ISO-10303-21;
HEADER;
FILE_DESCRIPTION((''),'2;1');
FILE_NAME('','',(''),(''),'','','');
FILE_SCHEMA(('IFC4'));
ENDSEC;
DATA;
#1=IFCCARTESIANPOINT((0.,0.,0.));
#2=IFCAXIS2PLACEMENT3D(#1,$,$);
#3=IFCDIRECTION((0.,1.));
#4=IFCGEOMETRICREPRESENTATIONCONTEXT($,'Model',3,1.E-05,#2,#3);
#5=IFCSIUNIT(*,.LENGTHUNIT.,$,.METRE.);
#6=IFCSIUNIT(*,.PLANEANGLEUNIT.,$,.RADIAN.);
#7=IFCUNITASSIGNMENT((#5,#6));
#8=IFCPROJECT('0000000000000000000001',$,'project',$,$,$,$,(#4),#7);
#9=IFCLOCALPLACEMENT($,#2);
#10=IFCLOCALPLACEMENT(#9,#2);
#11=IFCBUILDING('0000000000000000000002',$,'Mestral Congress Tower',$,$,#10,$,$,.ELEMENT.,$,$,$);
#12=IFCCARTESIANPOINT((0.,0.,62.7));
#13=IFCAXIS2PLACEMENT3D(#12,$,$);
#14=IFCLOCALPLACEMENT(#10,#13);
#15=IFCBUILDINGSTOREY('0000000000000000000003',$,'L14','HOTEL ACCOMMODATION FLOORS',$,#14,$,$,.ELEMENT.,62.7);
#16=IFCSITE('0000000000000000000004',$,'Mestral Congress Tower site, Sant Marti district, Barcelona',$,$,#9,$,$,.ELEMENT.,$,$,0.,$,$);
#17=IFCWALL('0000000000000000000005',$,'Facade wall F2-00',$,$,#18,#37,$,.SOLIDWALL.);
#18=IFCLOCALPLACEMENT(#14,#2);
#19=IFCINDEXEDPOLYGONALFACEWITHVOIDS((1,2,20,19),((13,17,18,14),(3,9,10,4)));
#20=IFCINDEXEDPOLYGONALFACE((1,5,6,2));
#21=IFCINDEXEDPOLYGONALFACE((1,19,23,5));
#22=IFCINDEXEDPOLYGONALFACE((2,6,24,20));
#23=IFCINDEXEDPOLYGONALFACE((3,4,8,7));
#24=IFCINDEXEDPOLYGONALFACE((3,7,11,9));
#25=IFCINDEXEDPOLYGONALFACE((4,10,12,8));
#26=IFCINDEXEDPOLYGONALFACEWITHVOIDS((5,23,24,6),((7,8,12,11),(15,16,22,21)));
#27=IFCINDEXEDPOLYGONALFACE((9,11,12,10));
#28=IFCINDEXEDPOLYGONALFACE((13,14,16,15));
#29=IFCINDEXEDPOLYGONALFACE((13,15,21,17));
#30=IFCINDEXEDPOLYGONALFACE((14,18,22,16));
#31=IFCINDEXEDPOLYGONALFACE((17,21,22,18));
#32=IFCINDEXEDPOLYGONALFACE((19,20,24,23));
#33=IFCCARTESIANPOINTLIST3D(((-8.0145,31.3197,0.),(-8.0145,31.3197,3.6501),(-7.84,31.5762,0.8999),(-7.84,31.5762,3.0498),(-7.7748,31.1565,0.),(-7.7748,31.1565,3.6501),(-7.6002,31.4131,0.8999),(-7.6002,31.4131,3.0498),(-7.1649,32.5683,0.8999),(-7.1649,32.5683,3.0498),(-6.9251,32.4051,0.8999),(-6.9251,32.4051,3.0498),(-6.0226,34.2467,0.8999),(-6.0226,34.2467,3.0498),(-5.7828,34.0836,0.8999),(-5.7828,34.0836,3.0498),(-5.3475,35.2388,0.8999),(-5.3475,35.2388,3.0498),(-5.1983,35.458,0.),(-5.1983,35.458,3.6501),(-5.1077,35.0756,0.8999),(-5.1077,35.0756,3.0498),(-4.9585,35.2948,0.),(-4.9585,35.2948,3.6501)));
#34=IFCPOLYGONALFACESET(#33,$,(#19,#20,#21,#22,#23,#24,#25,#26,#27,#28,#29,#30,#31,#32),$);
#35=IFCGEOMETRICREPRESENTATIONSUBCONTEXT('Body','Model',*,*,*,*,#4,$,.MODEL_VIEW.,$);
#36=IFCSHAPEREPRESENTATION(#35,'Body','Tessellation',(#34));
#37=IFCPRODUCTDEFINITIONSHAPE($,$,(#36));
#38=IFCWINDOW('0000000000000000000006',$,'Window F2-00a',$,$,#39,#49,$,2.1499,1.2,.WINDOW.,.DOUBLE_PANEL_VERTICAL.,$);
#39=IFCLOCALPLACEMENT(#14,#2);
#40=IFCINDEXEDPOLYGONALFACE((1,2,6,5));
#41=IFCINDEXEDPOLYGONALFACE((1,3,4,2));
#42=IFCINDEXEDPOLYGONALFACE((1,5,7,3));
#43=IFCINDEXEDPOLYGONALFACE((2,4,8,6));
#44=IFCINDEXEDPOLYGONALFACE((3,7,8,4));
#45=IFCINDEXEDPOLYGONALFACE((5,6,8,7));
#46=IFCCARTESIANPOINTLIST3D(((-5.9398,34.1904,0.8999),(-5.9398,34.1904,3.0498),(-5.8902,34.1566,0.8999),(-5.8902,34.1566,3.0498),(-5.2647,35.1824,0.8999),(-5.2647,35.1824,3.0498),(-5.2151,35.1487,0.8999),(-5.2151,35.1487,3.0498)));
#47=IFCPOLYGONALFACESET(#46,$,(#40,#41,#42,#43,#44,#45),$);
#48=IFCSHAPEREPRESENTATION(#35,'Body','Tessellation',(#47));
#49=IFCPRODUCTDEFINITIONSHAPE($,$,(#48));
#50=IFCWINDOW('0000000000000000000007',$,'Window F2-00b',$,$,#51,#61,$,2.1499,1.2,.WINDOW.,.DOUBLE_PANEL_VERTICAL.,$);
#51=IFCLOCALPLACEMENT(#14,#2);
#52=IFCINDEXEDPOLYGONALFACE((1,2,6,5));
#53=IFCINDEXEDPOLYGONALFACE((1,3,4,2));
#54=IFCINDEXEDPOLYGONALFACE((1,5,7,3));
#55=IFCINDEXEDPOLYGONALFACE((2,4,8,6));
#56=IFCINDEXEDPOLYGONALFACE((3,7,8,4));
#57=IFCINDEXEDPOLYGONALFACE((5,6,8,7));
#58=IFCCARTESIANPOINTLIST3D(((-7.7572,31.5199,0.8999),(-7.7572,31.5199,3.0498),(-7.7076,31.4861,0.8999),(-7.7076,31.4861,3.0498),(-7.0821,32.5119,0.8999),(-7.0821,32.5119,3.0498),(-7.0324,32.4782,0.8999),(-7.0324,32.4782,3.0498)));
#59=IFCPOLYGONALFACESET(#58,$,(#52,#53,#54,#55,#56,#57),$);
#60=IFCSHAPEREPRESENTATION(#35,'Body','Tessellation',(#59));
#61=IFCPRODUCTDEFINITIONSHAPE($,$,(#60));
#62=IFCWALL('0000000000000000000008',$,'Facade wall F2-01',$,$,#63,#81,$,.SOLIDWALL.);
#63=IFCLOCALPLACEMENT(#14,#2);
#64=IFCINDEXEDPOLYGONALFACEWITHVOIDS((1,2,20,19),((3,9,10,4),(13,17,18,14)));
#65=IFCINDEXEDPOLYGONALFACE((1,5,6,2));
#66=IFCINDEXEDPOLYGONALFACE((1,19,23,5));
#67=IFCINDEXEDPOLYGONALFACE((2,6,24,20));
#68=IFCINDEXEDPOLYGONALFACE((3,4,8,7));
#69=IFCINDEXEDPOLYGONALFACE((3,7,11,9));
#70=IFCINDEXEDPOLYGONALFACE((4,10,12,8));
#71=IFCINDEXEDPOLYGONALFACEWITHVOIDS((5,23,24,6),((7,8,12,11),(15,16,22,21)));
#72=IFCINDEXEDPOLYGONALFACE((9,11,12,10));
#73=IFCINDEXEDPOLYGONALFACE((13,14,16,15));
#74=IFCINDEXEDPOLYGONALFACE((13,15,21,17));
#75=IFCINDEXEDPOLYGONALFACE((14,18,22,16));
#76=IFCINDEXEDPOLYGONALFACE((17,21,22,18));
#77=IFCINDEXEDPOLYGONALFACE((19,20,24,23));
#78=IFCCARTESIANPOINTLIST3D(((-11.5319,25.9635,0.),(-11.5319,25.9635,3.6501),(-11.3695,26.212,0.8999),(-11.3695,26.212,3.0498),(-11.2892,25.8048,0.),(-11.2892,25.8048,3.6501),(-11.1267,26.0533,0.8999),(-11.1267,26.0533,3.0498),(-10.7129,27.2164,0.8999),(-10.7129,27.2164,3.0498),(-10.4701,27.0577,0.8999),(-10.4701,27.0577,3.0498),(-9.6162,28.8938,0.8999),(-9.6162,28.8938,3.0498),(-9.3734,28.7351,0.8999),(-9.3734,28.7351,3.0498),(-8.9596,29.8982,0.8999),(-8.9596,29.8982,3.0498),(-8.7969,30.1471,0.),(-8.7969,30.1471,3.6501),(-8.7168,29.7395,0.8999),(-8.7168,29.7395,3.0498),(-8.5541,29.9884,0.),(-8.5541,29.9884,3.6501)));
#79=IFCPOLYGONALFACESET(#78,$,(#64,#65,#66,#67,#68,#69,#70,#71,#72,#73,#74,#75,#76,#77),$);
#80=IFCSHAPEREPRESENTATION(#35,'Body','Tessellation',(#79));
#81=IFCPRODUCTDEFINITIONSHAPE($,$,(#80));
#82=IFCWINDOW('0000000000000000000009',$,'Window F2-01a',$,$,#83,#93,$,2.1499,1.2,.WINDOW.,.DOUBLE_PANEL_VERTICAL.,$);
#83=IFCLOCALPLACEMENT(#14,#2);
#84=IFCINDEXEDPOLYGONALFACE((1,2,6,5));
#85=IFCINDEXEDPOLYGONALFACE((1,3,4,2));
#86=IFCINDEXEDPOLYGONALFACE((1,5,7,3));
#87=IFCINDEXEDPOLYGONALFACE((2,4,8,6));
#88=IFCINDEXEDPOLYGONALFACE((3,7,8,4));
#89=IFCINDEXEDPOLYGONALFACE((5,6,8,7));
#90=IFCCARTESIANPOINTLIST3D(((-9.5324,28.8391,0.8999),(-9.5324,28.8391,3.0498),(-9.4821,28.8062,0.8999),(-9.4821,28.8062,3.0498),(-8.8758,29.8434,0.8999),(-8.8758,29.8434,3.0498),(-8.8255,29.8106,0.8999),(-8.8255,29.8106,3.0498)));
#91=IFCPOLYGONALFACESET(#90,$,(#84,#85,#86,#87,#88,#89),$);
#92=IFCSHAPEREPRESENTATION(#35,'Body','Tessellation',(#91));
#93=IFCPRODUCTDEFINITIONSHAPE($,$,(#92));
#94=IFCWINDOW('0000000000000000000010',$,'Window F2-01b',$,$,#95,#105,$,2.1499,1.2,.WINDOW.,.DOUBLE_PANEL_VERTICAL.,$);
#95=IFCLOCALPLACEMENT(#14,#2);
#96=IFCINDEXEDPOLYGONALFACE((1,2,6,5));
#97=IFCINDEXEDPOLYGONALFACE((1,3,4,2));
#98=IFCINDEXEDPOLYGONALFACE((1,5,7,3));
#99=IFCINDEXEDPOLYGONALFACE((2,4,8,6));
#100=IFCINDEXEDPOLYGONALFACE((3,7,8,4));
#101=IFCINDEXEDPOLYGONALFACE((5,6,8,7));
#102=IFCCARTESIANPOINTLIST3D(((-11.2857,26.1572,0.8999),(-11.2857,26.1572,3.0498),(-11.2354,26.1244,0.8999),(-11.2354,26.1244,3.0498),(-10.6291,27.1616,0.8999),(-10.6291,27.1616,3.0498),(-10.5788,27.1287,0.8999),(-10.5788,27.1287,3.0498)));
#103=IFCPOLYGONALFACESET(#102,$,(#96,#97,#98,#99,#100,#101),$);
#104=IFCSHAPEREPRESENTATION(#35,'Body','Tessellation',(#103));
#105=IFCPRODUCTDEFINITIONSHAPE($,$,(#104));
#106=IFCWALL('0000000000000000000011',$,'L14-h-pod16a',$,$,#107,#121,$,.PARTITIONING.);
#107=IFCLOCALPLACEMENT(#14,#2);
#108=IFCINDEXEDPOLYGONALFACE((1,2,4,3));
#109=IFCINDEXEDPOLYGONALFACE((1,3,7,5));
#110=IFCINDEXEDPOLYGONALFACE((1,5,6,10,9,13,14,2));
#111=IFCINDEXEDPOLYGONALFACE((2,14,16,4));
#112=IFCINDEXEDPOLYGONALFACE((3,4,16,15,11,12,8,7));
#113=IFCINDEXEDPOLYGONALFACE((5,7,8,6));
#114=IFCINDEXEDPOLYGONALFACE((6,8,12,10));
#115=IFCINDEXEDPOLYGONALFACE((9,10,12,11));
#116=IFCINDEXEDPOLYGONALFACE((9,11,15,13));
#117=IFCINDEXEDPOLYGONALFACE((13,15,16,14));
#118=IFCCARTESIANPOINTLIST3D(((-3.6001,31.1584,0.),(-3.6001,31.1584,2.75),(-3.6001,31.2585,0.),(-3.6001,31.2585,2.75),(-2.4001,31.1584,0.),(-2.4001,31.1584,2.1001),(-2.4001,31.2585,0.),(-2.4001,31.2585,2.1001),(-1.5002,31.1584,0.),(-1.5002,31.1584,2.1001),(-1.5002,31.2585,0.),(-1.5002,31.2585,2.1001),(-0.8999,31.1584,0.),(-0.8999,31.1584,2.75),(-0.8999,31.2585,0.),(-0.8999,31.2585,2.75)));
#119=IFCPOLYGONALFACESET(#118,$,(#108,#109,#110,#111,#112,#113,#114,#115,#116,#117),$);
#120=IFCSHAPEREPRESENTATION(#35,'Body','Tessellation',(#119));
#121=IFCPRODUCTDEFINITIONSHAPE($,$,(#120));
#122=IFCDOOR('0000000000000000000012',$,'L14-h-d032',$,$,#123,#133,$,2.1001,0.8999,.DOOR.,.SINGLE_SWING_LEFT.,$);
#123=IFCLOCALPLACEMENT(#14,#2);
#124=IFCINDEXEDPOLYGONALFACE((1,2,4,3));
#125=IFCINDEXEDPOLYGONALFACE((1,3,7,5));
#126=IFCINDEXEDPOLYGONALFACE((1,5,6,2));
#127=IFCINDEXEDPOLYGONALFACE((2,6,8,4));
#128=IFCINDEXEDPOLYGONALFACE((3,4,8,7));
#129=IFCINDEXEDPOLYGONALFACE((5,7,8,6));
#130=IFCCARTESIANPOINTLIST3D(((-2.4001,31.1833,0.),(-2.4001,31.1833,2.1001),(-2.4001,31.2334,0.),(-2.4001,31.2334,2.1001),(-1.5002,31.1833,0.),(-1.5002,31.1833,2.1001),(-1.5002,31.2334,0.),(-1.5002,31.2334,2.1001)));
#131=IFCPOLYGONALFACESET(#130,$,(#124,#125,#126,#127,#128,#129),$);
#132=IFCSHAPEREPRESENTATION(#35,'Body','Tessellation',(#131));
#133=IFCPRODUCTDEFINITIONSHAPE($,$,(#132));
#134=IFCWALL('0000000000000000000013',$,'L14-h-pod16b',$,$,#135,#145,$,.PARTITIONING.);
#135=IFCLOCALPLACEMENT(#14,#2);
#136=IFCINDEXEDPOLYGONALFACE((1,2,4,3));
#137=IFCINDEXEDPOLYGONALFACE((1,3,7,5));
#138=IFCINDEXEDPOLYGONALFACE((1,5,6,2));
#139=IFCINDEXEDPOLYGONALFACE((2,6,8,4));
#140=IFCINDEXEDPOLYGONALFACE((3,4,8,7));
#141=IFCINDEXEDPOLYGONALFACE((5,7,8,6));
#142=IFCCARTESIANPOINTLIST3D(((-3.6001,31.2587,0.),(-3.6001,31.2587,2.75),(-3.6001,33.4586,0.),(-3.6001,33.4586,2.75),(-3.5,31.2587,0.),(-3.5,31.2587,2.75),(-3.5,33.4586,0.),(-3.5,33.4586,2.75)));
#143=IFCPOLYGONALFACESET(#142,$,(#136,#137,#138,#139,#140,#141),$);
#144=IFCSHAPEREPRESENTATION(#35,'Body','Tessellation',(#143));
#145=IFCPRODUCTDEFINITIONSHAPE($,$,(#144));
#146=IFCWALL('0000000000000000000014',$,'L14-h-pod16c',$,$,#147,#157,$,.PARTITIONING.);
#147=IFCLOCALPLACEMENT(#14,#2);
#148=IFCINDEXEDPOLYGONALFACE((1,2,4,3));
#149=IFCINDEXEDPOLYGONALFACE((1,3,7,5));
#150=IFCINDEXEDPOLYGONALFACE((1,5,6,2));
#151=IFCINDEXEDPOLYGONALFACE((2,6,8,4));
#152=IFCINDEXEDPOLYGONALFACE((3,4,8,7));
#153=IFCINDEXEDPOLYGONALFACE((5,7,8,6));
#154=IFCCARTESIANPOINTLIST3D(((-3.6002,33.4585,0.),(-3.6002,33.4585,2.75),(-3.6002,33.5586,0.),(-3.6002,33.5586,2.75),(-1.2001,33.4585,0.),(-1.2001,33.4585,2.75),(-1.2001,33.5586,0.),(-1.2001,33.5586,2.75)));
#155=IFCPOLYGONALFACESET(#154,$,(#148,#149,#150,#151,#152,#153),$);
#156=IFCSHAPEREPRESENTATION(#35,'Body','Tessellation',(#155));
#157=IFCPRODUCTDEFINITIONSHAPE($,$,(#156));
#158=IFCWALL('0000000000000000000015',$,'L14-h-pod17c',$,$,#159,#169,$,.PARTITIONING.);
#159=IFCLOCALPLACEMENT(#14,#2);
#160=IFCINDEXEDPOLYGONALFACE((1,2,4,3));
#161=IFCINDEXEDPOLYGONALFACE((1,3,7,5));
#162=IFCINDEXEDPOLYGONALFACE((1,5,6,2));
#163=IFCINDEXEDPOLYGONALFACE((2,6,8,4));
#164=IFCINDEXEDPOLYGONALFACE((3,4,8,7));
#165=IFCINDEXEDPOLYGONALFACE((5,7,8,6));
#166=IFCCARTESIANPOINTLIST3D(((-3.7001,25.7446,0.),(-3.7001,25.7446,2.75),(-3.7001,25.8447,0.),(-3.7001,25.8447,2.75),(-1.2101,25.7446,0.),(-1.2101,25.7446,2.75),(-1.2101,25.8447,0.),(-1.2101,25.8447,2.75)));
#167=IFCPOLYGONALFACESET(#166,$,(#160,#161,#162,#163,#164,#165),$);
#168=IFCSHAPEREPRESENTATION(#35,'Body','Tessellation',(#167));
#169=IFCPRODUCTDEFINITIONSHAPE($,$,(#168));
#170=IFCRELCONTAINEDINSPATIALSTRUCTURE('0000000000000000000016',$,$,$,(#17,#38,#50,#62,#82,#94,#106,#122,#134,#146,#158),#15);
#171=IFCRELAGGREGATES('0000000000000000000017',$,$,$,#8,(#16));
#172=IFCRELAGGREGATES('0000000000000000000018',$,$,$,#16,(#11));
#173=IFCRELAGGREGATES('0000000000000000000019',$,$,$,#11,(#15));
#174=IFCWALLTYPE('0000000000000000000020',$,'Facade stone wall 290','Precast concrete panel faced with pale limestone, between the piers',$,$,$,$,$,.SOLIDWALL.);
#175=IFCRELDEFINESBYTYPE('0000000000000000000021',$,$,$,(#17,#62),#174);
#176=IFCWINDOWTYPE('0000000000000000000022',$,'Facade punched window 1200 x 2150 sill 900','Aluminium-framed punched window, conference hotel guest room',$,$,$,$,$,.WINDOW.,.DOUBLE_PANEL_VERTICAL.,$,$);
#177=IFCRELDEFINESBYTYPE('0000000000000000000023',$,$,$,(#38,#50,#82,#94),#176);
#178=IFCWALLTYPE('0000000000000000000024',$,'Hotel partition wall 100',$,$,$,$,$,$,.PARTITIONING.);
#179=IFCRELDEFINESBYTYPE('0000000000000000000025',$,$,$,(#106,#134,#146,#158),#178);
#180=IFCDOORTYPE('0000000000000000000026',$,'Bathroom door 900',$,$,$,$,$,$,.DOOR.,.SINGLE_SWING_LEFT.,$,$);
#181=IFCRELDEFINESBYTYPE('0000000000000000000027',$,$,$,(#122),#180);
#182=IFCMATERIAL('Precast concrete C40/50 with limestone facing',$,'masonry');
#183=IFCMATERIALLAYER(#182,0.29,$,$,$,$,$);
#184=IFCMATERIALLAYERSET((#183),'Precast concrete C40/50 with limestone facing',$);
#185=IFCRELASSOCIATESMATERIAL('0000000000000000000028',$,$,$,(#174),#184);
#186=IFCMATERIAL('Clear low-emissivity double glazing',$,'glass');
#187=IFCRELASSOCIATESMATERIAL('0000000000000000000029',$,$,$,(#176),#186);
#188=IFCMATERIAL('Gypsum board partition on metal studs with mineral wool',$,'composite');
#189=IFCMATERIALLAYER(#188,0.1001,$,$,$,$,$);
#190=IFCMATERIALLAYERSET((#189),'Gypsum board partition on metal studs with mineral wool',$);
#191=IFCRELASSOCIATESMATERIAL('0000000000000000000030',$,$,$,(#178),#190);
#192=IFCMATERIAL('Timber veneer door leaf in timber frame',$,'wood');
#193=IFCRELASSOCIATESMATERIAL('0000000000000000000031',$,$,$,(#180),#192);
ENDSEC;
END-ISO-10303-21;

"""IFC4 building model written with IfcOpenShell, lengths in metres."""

from ifc_helpers import new_model, si_unit, direction, frame, frame_2d, origin, place, context, subcontext, project, spatial, rectangle, extrude, material, layer, layer_set, type_object, element, fill, save


model = new_model("IFC4")

# Units and contexts
model_context = context("Model", 3, precision=1e-05, world=origin(), true_north=direction((0.0, 1.0)))
body_context = subcontext(model_context, "Body", "Model", "MODEL_VIEW")
ifc_project = project(units=[si_unit("LENGTHUNIT", "METRE"), si_unit("PLANEANGLEUNIT", "RADIAN")], contexts=[model_context])

# Site, building, storey
site_placement = place(None, origin())
site = spatial("IfcSite", under=ifc_project, at=site_placement, Name="Mestral Congress Tower site, Sant Marti district, Barcelona", CompositionType="ELEMENT", RefElevation=0.0)
building_placement = place(site_placement, origin())
building = spatial("IfcBuilding", under=site, at=building_placement, Name="Mestral Congress Tower", CompositionType="ELEMENT")
storey_placement = place(building_placement, frame((0.0, 0.0, 62.7)))
storey = spatial("IfcBuildingStorey", under=building, at=storey_placement, Name="L14", Description="HOTEL ACCOMMODATION FLOORS", CompositionType="ELEMENT", Elevation=62.7)

# Shared definitions
ifc_material_1 = material(Name="Precast concrete C40/50 with limestone facing", Category="masonry")
ifc_layer_1 = layer(ifc_material_1, 0.29)
ifc_layer_set_1 = layer_set([ifc_layer_1], Name="Precast concrete C40/50 with limestone facing")
wall_type_1 = type_object("IfcWallType", Name="Facade stone wall 290", Description="Precast concrete panel faced with pale limestone, between the piers", PredefinedType="SOLIDWALL", material=ifc_layer_set_1)
ifc_material_2 = material(Name="Clear low-emissivity double glazing", Category="glass")

# Walls, openings, windows
wall_1_placement = place(storey_placement, frame((-5.0784, 35.3765, 0.0), z_axis=(0.0, 0.0, 1.0), x_axis=(-0.56261, -0.826722, 0.0)))
wall_1 = element("IfcWall", 1, at=wall_1_placement, inside=storey, type_object=wall_type_1, Name="Facade wall F2-00", PredefinedType="SOLIDWALL", context=body_context, shape_type="SweptSolid", body=[
    extrude(rectangle(XDim=5.0056, YDim=0.29, at=frame_2d((2.5029, 0.0))), origin(), (0.0, 0.0, 1.0), 3.6501),
])
opening_1_placement = place(wall_1_placement, frame((0.2651, 0.0, 0.8999)))
opening_1 = element("IfcOpeningElement", 2, at=opening_1_placement, cuts=wall_1, PredefinedType="OPENING", context=body_context, shape_type="SweptSolid", body=[
    extrude(rectangle(XDim=1.2, YDim=2.1499, at=frame_2d((0.6001, 1.075))), frame((0.0, 0.155, 0.0), z_axis=(0.0, -1.0, 0.0), x_axis=(1.0, 0.0, 0.0)), (0.0, 0.0, 1.0), 0.3101),
])
opening_2_placement = place(wall_1_placement, frame((3.4954, 0.0, 0.8999)))
opening_2 = element("IfcOpeningElement", 3, at=opening_2_placement, cuts=wall_1, PredefinedType="OPENING", context=body_context, shape_type="SweptSolid", body=[
    extrude(rectangle(XDim=1.2, YDim=2.1499, at=frame_2d((0.6001, 1.075))), frame((0.0, 0.155, 0.0), z_axis=(0.0, -1.0, 0.0), x_axis=(1.0, 0.0, 0.0)), (0.0, 0.0, 1.0), 0.3101),
])
window_type_1 = type_object("IfcWindowType", Name="Facade punched window 1200 x 2150 sill 900", Description="Aluminium-framed punched window, conference hotel guest room", PartitioningType="DOUBLE_PANEL_VERTICAL", PredefinedType="WINDOW", material=ifc_material_2)
window_1_placement = place(opening_1_placement, origin())
window_1 = element("IfcWindow", 4, at=window_1_placement, inside=storey, type_object=window_type_1, Name="Window F2-00a", OverallHeight=2.1499, OverallWidth=1.2, PartitioningType="DOUBLE_PANEL_VERTICAL", PredefinedType="WINDOW", context=body_context, shape_type="SweptSolid", body=[
    extrude(rectangle(XDim=1.2, YDim=2.1499, at=frame_2d((0.6001, 1.075))), frame((0.0, 0.0151, 0.0), z_axis=(0.0, -1.0, 0.0), x_axis=(1.0, 0.0, 0.0)), (0.0, 0.0, 1.0), 0.0601),
])
fill(opening_1, window_1)
window_2_placement = place(opening_2_placement, origin())
window_2 = element("IfcWindow", 5, at=window_2_placement, inside=storey, type_object=window_type_1, Name="Window F2-00b", OverallHeight=2.1499, OverallWidth=1.2, PartitioningType="DOUBLE_PANEL_VERTICAL", PredefinedType="WINDOW", context=body_context, shape_type="SweptSolid", body=[
    extrude(rectangle(XDim=1.2, YDim=2.1499, at=frame_2d((0.6001, 1.075))), frame((0.0, 0.0151, 0.0), z_axis=(0.0, -1.0, 0.0), x_axis=(1.0, 0.0, 0.0)), (0.0, 0.0, 1.0), 0.0601),
])
fill(opening_2, window_2)
wall_2_placement = place(storey_placement, frame((-8.6755, 30.0676, 0.0), z_axis=(0.0, 0.0, 1.0), x_axis=(-0.547205, -0.836999, 0.0)))
wall_2 = element("IfcWall", 6, at=wall_2_placement, inside=storey, type_object=wall_type_1, Name="Facade wall F2-01", PredefinedType="SOLIDWALL", context=body_context, shape_type="SweptSolid", body=[
    extrude(rectangle(XDim=4.9983, YDim=0.29, at=frame_2d((2.499, 0.0))), origin(), (0.0, 0.0, 1.0), 3.6501),
])
opening_3_placement = place(wall_2_placement, frame((0.2971, 0.0, 0.8999)))
opening_3 = element("IfcOpeningElement", 7, at=opening_3_placement, cuts=wall_2, PredefinedType="OPENING", context=body_context, shape_type="SweptSolid", body=[
    extrude(rectangle(XDim=1.2, YDim=2.1499, at=frame_2d((0.6001, 1.075))), frame((0.0, 0.155, 0.0), z_axis=(0.0, -1.0, 0.0), x_axis=(1.0, 0.0, 0.0)), (0.0, 0.0, 1.0), 0.3101),
])
opening_4_placement = place(wall_2_placement, frame((3.5012, 0.0, 0.8999)))
opening_4 = element("IfcOpeningElement", 8, at=opening_4_placement, cuts=wall_2, PredefinedType="OPENING", context=body_context, shape_type="SweptSolid", body=[
    extrude(rectangle(XDim=1.2, YDim=2.1499, at=frame_2d((0.6001, 1.075))), frame((0.0, 0.155, 0.0), z_axis=(0.0, -1.0, 0.0), x_axis=(1.0, 0.0, 0.0)), (0.0, 0.0, 1.0), 0.3101),
])
window_3_placement = place(opening_3_placement, origin())
window_3 = element("IfcWindow", 9, at=window_3_placement, inside=storey, type_object=window_type_1, Name="Window F2-01a", OverallHeight=2.1499, OverallWidth=1.2, PartitioningType="DOUBLE_PANEL_VERTICAL", PredefinedType="WINDOW", context=body_context, shape_type="SweptSolid", body=[
    extrude(rectangle(XDim=1.2, YDim=2.1499, at=frame_2d((0.6001, 1.075))), frame((0.0, 0.0151, 0.0), z_axis=(0.0, -1.0, 0.0), x_axis=(1.0, 0.0, 0.0)), (0.0, 0.0, 1.0), 0.0601),
])
fill(opening_3, window_3)
window_4_placement = place(opening_4_placement, origin())
window_4 = element("IfcWindow", 10, at=window_4_placement, inside=storey, type_object=window_type_1, Name="Window F2-01b", OverallHeight=2.1499, OverallWidth=1.2, PartitioningType="DOUBLE_PANEL_VERTICAL", PredefinedType="WINDOW", context=body_context, shape_type="SweptSolid", body=[
    extrude(rectangle(XDim=1.2, YDim=2.1499, at=frame_2d((0.6001, 1.075))), frame((0.0, 0.0151, 0.0), z_axis=(0.0, -1.0, 0.0), x_axis=(1.0, 0.0, 0.0)), (0.0, 0.0, 1.0), 0.0601),
])
fill(opening_4, window_4)

# Wall, opening, door
ifc_material_3 = material(Name="Gypsum board partition on metal studs with mineral wool", Category="composite")
ifc_layer_2 = layer(ifc_material_3, 0.1001)
ifc_layer_set_2 = layer_set([ifc_layer_2], Name="Gypsum board partition on metal studs with mineral wool")
wall_type_2 = type_object("IfcWallType", Name="Hotel partition wall 100", PredefinedType="PARTITIONING", material=ifc_layer_set_2)
wall_3_placement = place(storey_placement, frame((-3.6001, 31.2085, 0.0), z_axis=(0.0, 0.0, 1.0), x_axis=(1.0, 0.0, 0.0)))
wall_3 = element("IfcWall", 11, at=wall_3_placement, inside=storey, type_object=wall_type_2, Name="L14-h-pod16a", PredefinedType="PARTITIONING", context=body_context, shape_type="SweptSolid", body=[
    extrude(rectangle(XDim=2.7002, YDim=0.1001, at=frame_2d((1.3501, 0.0))), origin(), (0.0, 0.0, 1.0), 2.75),
])
opening_5_placement = place(wall_3_placement, frame((1.2, 0.0, 0.0)))
opening_5 = element("IfcOpeningElement", 12, at=opening_5_placement, cuts=wall_3, PredefinedType="OPENING", context=body_context, shape_type="SweptSolid", body=[
    extrude(rectangle(XDim=0.8999, YDim=2.1001, at=frame_2d((0.45, 1.05))), frame((0.0, 0.0601, 0.0), z_axis=(0.0, -1.0, 0.0), x_axis=(1.0, 0.0, 0.0)), (0.0, 0.0, 1.0), 0.1201),
])
ifc_material_4 = material(Name="Timber veneer door leaf in timber frame", Category="wood")
door_type = type_object("IfcDoorType", Name="Bathroom door 900", OperationType="SINGLE_SWING_LEFT", PredefinedType="DOOR", material=ifc_material_4)
door_placement = place(opening_5_placement, origin())
door = element("IfcDoor", 13, at=door_placement, inside=storey, type_object=door_type, Name="L14-h-d032", OperationType="SINGLE_SWING_LEFT", OverallHeight=2.1001, OverallWidth=0.8999, PredefinedType="DOOR", context=body_context, shape_type="SweptSolid", body=[
    extrude(rectangle(XDim=0.8999, YDim=2.1001, at=frame_2d((0.45, 1.05))), frame((0.0, 0.0249, 0.0), z_axis=(0.0, -1.0, 0.0), x_axis=(1.0, 0.0, 0.0)), (0.0, 0.0, 1.0), 0.05),
])
fill(opening_5, door)

# Walls
wall_4_placement = place(storey_placement, frame((-3.55, 31.2585, 0.0), z_axis=(0.0, 0.0, 1.0), x_axis=(0.0, 1.0, 0.0)))
element("IfcWall", 14, at=wall_4_placement, inside=storey, type_object=wall_type_2, Name="L14-h-pod16b", PredefinedType="PARTITIONING", context=body_context, shape_type="SweptSolid", body=[
    extrude(rectangle(XDim=2.2, YDim=0.1001, at=frame_2d((1.1001, 0.0))), origin(), (0.0, 0.0, 1.0), 2.75),
])
wall_5_placement = place(storey_placement, frame((-1.2, 33.5085, 0.0), z_axis=(0.0, 0.0, 1.0), x_axis=(-1.0, 0.0, 0.0)))
element("IfcWall", 15, at=wall_5_placement, inside=storey, type_object=wall_type_2, Name="L14-h-pod16c", PredefinedType="PARTITIONING", context=body_context, shape_type="SweptSolid", body=[
    extrude(rectangle(XDim=2.4001, YDim=0.1001, at=frame_2d((1.2002, 0.0))), origin(), (0.0, 0.0, 1.0), 2.75),
])
wall_6_placement = place(storey_placement, frame((-1.21, 25.7947, 0.0), z_axis=(0.0, 0.0, 1.0), x_axis=(-1.0, 0.0, 0.0)))
element("IfcWall", 16, at=wall_6_placement, inside=storey, type_object=wall_type_2, Name="L14-h-pod17c", PredefinedType="PARTITIONING", context=body_context, shape_type="SweptSolid", body=[
    extrude(rectangle(XDim=2.49, YDim=0.1001, at=frame_2d((1.2451, 0.0))), origin(), (0.0, 0.0, 1.0), 2.75),
])

save(model, "model.ifc")
